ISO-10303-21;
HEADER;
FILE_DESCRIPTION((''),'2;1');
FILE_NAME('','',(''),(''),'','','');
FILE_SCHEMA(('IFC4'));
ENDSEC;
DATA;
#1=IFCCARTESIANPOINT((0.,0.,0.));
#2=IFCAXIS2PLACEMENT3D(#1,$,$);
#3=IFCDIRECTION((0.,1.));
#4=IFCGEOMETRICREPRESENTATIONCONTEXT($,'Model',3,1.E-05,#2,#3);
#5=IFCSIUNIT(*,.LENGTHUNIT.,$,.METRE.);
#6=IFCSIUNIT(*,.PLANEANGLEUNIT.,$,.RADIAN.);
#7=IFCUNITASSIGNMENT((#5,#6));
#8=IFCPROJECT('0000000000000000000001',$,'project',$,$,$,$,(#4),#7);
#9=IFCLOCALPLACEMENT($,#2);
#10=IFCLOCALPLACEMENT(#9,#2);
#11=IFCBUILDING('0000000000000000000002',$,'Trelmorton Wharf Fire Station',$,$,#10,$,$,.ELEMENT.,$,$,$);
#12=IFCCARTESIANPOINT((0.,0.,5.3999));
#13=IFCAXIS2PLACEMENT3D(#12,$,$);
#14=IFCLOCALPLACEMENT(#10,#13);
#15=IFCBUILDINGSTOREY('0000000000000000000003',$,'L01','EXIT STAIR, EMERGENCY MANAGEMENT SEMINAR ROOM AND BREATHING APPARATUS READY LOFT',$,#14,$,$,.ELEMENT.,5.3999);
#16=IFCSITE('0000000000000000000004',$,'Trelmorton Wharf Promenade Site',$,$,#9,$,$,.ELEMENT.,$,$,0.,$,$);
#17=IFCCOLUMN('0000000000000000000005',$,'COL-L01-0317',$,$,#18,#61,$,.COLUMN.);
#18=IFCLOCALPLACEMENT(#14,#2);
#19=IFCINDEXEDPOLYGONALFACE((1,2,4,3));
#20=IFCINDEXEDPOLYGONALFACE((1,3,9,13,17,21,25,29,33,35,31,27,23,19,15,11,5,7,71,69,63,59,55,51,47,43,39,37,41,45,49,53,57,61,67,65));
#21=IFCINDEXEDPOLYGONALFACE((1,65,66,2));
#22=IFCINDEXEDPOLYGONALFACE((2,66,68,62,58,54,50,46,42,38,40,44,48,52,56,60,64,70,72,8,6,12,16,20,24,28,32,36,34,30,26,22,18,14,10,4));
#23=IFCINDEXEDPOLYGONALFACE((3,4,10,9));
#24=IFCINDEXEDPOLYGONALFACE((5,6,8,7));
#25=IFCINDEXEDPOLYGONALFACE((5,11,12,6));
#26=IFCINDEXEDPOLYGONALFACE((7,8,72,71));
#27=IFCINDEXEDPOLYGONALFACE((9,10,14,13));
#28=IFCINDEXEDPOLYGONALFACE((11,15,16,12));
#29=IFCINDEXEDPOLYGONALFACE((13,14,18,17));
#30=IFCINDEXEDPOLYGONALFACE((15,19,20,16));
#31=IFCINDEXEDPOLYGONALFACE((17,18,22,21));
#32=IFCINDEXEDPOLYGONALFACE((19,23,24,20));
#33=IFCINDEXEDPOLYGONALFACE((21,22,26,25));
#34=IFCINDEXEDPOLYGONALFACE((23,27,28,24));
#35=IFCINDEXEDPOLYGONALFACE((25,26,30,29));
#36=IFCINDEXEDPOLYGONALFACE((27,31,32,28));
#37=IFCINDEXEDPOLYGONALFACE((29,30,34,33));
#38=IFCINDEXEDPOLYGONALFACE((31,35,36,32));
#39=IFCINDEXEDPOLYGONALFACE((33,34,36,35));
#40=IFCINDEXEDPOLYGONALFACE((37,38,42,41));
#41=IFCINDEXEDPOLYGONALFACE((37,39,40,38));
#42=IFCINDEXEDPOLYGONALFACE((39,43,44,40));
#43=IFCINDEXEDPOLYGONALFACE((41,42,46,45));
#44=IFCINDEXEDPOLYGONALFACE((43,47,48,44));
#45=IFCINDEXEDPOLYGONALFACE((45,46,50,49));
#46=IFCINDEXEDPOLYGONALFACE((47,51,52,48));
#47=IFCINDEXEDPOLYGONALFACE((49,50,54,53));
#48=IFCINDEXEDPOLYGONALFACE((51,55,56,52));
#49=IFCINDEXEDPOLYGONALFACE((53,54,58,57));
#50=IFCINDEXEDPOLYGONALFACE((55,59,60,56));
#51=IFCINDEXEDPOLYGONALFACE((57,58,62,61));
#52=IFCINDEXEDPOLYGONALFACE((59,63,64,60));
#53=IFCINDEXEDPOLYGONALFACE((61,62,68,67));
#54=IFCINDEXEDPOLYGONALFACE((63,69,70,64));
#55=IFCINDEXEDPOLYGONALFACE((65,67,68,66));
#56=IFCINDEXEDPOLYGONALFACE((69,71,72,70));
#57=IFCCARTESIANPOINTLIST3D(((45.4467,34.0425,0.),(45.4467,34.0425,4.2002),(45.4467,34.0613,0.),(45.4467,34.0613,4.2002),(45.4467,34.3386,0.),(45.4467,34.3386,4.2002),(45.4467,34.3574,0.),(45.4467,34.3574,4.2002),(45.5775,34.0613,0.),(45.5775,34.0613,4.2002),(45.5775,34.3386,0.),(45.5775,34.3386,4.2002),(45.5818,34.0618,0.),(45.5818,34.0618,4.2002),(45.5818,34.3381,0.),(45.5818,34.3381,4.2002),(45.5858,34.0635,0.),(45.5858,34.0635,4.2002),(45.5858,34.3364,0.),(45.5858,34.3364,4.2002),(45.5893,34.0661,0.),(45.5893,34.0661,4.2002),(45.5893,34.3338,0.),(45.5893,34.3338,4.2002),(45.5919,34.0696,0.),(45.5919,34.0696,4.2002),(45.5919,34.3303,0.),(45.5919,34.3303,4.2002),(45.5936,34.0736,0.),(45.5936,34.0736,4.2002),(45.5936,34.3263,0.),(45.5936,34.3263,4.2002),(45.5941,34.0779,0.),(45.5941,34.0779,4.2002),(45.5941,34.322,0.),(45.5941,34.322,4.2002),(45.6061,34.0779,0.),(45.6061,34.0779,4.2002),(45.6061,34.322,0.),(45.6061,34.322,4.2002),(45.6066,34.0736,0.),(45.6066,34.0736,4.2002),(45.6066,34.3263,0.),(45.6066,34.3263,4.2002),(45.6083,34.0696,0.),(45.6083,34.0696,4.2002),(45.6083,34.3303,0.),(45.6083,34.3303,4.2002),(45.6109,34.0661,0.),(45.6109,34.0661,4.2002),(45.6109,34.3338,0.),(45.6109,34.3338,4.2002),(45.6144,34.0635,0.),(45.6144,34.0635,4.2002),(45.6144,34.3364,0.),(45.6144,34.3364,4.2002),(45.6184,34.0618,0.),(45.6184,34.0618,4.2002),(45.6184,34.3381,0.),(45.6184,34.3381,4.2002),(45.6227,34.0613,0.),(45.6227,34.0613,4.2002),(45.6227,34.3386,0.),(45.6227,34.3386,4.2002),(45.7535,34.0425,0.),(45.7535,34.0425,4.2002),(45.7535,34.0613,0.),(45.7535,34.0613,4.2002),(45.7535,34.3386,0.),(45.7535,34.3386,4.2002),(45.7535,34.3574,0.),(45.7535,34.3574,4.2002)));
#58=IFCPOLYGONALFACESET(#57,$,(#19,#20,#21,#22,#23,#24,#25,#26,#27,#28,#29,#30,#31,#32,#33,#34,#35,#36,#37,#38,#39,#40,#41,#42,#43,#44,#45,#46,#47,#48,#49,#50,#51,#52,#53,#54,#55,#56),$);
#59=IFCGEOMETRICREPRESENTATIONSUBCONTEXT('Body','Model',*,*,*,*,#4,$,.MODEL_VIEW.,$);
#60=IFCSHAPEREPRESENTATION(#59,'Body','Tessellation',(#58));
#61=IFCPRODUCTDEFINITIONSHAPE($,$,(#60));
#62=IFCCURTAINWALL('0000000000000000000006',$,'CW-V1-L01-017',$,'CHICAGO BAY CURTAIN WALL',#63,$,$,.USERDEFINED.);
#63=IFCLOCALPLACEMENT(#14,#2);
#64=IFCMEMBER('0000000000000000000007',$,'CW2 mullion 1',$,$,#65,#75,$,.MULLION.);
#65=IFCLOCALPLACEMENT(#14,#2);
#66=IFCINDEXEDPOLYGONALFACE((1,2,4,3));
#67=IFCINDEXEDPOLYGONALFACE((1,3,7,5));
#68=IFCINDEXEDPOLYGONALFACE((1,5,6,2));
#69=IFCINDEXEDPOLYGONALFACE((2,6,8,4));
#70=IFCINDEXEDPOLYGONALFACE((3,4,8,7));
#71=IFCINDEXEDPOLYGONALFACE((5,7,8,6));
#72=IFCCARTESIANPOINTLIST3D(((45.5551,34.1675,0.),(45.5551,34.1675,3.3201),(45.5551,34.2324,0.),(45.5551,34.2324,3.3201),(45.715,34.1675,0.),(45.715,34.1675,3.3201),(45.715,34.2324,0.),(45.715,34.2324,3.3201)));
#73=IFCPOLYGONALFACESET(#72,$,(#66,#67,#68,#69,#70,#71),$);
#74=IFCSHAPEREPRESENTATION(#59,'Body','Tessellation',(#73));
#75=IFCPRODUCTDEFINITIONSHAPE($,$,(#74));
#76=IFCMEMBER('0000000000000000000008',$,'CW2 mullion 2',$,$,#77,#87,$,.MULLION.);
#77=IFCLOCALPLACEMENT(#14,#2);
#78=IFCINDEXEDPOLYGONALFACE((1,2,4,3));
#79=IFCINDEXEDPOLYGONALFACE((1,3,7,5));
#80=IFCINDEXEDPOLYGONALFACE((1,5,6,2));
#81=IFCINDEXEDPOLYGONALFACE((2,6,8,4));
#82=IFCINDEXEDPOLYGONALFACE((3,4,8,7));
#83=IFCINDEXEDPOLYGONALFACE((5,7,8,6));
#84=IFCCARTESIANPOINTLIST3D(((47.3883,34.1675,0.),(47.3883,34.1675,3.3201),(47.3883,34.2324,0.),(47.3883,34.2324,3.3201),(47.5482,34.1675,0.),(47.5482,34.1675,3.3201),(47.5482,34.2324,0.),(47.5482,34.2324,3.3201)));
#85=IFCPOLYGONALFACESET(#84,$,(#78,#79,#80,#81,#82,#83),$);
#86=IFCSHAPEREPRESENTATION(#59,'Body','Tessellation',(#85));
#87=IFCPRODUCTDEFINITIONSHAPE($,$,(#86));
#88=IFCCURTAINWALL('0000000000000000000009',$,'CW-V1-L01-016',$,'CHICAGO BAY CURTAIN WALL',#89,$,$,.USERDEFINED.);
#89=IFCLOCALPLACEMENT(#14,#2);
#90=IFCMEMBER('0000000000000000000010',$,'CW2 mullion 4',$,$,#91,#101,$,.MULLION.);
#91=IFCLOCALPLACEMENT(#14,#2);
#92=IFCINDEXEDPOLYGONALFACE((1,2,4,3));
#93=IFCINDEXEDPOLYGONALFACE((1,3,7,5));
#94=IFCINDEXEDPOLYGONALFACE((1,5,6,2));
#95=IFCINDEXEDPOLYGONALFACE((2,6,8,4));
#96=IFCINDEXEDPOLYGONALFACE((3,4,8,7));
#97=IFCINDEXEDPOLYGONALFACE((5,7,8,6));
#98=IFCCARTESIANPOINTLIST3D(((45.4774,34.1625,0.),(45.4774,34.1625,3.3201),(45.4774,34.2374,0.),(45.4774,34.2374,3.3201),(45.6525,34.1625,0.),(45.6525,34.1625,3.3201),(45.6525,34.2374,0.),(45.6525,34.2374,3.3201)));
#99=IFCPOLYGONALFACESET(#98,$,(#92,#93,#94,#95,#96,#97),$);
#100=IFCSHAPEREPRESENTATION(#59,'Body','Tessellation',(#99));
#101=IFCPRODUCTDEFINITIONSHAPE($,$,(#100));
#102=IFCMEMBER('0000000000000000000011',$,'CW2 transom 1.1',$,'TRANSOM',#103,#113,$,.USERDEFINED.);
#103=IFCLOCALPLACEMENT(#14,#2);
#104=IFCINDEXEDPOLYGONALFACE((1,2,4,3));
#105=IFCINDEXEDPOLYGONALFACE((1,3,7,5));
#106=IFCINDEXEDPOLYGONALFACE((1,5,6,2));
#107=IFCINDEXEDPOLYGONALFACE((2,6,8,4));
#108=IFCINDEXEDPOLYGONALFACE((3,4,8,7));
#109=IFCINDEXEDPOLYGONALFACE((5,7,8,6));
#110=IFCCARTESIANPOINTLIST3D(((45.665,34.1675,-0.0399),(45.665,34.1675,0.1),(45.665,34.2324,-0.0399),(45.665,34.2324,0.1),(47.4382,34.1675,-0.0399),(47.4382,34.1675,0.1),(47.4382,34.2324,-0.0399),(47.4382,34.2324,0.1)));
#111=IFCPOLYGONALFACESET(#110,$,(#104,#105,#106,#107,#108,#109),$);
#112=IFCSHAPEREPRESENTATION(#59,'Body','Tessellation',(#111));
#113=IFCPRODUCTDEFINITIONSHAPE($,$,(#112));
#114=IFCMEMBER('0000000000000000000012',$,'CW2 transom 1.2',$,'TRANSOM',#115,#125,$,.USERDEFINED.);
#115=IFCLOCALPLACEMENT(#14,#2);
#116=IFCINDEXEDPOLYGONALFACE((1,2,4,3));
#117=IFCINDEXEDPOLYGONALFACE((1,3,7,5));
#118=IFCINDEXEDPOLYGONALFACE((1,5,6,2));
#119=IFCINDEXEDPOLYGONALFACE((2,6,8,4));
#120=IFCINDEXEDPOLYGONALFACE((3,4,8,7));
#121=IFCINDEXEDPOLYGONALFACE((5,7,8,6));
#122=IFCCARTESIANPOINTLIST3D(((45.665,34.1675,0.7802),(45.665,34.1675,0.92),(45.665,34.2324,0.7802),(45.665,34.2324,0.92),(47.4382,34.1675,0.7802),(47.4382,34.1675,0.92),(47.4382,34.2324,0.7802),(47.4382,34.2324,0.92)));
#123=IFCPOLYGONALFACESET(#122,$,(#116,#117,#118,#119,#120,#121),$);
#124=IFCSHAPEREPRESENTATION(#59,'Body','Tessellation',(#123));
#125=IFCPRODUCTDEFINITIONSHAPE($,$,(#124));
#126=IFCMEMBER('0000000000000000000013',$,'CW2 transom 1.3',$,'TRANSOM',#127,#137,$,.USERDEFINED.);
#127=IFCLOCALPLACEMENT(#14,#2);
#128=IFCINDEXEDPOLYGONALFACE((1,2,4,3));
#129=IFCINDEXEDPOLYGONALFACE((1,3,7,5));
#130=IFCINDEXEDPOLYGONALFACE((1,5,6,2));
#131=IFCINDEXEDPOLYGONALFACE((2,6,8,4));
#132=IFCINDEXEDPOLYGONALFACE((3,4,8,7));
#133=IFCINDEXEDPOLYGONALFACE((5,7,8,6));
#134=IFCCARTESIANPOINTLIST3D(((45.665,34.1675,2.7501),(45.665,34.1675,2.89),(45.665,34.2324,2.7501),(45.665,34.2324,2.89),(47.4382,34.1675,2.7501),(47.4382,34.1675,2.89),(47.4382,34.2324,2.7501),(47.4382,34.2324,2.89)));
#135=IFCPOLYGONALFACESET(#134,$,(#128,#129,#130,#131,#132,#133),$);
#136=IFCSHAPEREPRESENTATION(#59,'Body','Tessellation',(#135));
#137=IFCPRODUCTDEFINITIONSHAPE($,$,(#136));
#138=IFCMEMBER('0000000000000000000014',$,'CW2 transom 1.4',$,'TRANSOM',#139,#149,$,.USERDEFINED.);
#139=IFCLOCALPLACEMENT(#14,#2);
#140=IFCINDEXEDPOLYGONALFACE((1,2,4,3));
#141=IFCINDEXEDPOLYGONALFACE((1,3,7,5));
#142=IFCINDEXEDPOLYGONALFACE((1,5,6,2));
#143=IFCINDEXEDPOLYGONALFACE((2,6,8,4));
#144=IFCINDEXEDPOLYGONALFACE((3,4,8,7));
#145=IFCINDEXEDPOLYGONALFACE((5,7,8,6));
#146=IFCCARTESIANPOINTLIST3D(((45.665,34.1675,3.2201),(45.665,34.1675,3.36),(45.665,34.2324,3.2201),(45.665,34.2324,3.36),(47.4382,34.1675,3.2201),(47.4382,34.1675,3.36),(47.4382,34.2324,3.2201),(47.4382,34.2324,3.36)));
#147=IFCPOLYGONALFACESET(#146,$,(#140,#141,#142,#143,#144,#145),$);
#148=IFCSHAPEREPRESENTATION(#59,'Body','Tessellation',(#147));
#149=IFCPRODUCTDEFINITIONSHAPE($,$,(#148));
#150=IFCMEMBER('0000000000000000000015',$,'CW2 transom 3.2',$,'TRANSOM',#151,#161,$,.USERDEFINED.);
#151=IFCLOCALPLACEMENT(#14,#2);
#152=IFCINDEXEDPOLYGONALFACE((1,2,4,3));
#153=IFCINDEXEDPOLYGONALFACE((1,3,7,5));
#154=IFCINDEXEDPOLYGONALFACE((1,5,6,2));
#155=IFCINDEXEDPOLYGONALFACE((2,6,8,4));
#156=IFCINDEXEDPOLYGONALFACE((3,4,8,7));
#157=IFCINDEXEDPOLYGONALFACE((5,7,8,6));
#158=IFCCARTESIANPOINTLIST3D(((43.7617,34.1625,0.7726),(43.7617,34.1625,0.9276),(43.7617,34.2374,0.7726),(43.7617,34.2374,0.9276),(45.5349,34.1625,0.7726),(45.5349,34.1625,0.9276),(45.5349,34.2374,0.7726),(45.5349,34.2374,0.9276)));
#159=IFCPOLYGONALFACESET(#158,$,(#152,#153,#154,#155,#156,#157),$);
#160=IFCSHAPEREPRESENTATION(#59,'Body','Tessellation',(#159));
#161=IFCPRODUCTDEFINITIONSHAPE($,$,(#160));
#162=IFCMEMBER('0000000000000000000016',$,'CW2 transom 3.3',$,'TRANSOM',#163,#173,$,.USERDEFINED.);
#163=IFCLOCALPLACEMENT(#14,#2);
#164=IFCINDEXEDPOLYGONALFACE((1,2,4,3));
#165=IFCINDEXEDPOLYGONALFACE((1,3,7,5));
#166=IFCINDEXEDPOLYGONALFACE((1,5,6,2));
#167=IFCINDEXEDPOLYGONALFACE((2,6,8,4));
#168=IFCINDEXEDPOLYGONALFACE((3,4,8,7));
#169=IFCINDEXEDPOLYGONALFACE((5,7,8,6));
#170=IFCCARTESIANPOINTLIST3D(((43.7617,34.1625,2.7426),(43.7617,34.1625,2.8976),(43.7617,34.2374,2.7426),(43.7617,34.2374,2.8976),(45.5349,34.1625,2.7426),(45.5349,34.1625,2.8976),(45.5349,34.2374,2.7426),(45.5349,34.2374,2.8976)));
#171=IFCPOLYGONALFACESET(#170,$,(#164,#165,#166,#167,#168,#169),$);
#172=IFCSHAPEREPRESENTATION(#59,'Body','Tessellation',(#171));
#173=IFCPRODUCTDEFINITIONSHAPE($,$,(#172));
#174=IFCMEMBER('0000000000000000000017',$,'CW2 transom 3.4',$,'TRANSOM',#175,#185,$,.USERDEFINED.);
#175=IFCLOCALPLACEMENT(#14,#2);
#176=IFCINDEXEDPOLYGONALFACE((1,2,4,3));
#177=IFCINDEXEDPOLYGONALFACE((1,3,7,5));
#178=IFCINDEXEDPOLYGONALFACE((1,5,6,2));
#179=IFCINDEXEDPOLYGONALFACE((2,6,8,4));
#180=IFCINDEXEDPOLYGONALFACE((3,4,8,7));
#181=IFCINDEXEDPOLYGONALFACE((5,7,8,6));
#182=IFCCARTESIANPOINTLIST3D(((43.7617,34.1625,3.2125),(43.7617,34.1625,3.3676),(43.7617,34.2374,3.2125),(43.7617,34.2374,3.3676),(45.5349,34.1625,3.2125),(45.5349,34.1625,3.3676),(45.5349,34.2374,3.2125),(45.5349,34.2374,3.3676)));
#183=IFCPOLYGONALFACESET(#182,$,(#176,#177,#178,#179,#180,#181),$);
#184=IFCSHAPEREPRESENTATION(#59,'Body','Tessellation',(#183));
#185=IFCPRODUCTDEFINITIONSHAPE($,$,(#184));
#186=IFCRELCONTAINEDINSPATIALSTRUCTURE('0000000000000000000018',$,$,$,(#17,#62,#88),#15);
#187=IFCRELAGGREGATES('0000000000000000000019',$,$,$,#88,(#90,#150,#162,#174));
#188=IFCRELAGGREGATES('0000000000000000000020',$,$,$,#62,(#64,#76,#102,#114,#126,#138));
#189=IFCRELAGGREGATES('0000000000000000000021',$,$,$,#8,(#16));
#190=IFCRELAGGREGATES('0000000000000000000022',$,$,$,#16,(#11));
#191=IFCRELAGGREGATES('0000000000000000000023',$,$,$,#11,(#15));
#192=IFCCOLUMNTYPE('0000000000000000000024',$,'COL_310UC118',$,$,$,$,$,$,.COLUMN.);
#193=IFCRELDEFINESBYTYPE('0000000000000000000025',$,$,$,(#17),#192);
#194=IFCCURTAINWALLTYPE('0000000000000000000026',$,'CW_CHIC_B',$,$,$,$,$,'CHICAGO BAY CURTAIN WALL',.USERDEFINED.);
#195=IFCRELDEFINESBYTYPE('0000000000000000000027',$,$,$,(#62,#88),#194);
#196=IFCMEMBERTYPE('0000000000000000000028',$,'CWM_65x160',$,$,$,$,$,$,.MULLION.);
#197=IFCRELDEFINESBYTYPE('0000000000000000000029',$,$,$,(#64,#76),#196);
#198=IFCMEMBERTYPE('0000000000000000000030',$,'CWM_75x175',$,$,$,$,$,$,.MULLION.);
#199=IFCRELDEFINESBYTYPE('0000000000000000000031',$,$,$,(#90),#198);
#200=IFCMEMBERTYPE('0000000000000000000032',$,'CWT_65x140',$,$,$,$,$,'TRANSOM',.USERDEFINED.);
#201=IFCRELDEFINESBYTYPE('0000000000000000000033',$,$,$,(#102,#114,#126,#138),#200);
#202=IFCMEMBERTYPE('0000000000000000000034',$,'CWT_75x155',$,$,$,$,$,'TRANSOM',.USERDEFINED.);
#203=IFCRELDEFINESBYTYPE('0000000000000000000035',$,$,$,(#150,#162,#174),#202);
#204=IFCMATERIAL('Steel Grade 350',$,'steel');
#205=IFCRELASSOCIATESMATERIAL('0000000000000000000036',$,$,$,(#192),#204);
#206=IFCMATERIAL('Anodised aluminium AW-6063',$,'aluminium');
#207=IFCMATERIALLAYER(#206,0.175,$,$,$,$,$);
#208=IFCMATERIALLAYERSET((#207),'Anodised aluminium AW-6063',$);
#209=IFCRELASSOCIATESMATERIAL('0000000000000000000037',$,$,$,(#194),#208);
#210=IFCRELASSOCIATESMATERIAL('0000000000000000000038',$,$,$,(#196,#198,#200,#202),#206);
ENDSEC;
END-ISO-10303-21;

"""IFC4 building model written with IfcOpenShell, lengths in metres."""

from ifc_helpers import new_model, si_unit, direction, frame, origin, origin_2d, place, context, subcontext, project, spatial, rectangle, i_section, extrude, material, layer, layer_set, material_profile, profile_set, type_object, element, aggregate, save


model = new_model("IFC4")

# Units and contexts
model_context = context("Model", 3, precision=1e-05, world=origin(), true_north=direction((0.0, 1.0)))
body_context = subcontext(model_context, "Body", "Model", "MODEL_VIEW")
ifc_project = project(units=[si_unit("LENGTHUNIT", "METRE"), si_unit("PLANEANGLEUNIT", "RADIAN")], contexts=[model_context])

# Site, building, storey
site_placement = place(None, origin())
site = spatial("IfcSite", under=ifc_project, at=site_placement, Name="Trelmorton Wharf Promenade Site", CompositionType="ELEMENT", RefElevation=0.0)
building_placement = place(site_placement, origin())
building = spatial("IfcBuilding", under=site, at=building_placement, Name="Trelmorton Wharf Fire Station", CompositionType="ELEMENT")
storey_placement = place(building_placement, frame((0.0, 0.0, 5.3999)))
storey = spatial("IfcBuildingStorey", under=building, at=storey_placement, Name="L01", Description="EXIT STAIR, EMERGENCY MANAGEMENT SEMINAR ROOM AND BREATHING APPARATUS READY LOFT", CompositionType="ELEMENT", Elevation=5.3999)

# Column
ifc_material_1 = material(Name="Steel Grade 350", Category="steel")
ifc_material_profile_1 = material_profile(ifc_material_1, i_section(OverallWidth=0.3069, OverallDepth=0.3149, WebThickness=0.012, FlangeThickness=0.0188, FilletRadius=0.0166, at=origin_2d()), Name="310UC118")
ifc_profile_set_1 = profile_set([ifc_material_profile_1], Name="Steel Grade 350")
column_type = type_object("IfcColumnType", Name="COL_310UC118", PredefinedType="COLUMN", material=ifc_profile_set_1)
column_placement = place(storey_placement, frame((45.6001, 34.2, 0.0), z_axis=(0.0, 0.0, 1.0), x_axis=(1.0, 0.0, 0.0)))
element("IfcColumn", 1, at=column_placement, inside=storey, type_object=column_type, Name="COL-L01-0317", PredefinedType="COLUMN", context=body_context, shape_type="SweptSolid", body=[
    extrude(i_section(OverallWidth=0.3069, OverallDepth=0.3149, WebThickness=0.012, FlangeThickness=0.0188, FilletRadius=0.0166, at=origin_2d()), origin(), (0.0, 0.0, 1.0), 4.2002),
])

# Curtain wall, members
ifc_material_2 = material(Name="Anodised aluminium AW-6063", Category="aluminium")
ifc_layer_1 = layer(ifc_material_2, 0.175)
ifc_layer_set_1 = layer_set([ifc_layer_1], Name="Anodised aluminium AW-6063")
curtain_wall_type = type_object("IfcCurtainWallType", Name="CW_CHIC_B", ElementType="CHICAGO BAY CURTAIN WALL", PredefinedType="USERDEFINED", material=ifc_layer_set_1)
curtain_wall_1_placement = place(storey_placement, origin())
curtain_wall_1 = element("IfcCurtainWall", 2, at=curtain_wall_1_placement, inside=storey, type_object=curtain_wall_type, Name="CW-V1-L01-017", ObjectType="CHICAGO BAY CURTAIN WALL", PredefinedType="USERDEFINED")
ifc_material_profile_2 = material_profile(ifc_material_2, rectangle(XDim=0.0649, YDim=0.1599, at=origin_2d()), Name="ALU-65x160")
ifc_profile_set_2 = profile_set([ifc_material_profile_2], Name="Anodised aluminium AW-6063")
member_type_1 = type_object("IfcMemberType", Name="CWM_65x160", PredefinedType="MULLION", material=ifc_profile_set_2)
member_1_placement = place(storey_placement, frame((45.635, 34.2, 0.0), z_axis=(0.0, 0.0, 1.0), x_axis=(0.0, 1.0, 0.0)))
member_1 = element("IfcMember", 3, at=member_1_placement, type_object=member_type_1, Name="CW2 mullion 1", PredefinedType="MULLION", context=body_context, shape_type="SweptSolid", body=[
    extrude(rectangle(XDim=0.0649, YDim=0.1599, at=origin_2d()), origin(), (0.0, 0.0, 1.0), 3.3201),
])
member_2_placement = place(storey_placement, frame((47.4683, 34.2, 0.0), z_axis=(0.0, 0.0, 1.0), x_axis=(0.0, 1.0, 0.0)))
member_2 = element("IfcMember", 4, at=member_2_placement, type_object=member_type_1, Name="CW2 mullion 2", PredefinedType="MULLION", context=body_context, shape_type="SweptSolid", body=[
    extrude(rectangle(XDim=0.0649, YDim=0.1599, at=origin_2d()), origin(), (0.0, 0.0, 1.0), 3.3201),
])

# Curtain wall, member
curtain_wall_2_placement = place(storey_placement, origin())
curtain_wall_2 = element("IfcCurtainWall", 5, at=curtain_wall_2_placement, inside=storey, type_object=curtain_wall_type, Name="CW-V1-L01-016", ObjectType="CHICAGO BAY CURTAIN WALL", PredefinedType="USERDEFINED")
ifc_material_profile_3 = material_profile(ifc_material_2, rectangle(XDim=0.075, YDim=0.175, at=origin_2d()), Name="ALU-75x175")
ifc_profile_set_3 = profile_set([ifc_material_profile_3], Name="Anodised aluminium AW-6063")
member_type_2 = type_object("IfcMemberType", Name="CWM_75x175", PredefinedType="MULLION", material=ifc_profile_set_3)
member_3_placement = place(storey_placement, frame((45.5649, 34.2, 0.0), z_axis=(0.0, 0.0, 1.0), x_axis=(0.0, 1.0, 0.0)))
member_3 = element("IfcMember", 6, at=member_3_placement, type_object=member_type_2, Name="CW2 mullion 4", PredefinedType="MULLION", context=body_context, shape_type="SweptSolid", body=[
    extrude(rectangle(XDim=0.075, YDim=0.175, at=origin_2d()), origin(), (0.0, 0.0, 1.0), 3.3201),
])

# Members
ifc_material_profile_4 = material_profile(ifc_material_2, rectangle(XDim=0.0649, YDim=0.1399, at=origin_2d()), Name="ALU-65x140")
ifc_profile_set_4 = profile_set([ifc_material_profile_4], Name="Anodised aluminium AW-6063")
member_type_3 = type_object("IfcMemberType", Name="CWT_65x140", ElementType="TRANSOM", PredefinedType="USERDEFINED", material=ifc_profile_set_4)
member_4_placement = place(storey_placement, frame((45.665, 34.2, 0.03), z_axis=(1.0, 0.0, 0.0), x_axis=(0.0, 1.0, 0.0)))
member_4 = element("IfcMember", 7, at=member_4_placement, type_object=member_type_3, Name="CW2 transom 1.1", ObjectType="TRANSOM", PredefinedType="USERDEFINED", context=body_context, shape_type="SweptSolid", body=[
    extrude(rectangle(XDim=0.0649, YDim=0.1399, at=origin_2d()), origin(), (0.0, 0.0, 1.0), 1.7732),
])
member_5_placement = place(storey_placement, frame((45.665, 34.2, 0.8501), z_axis=(1.0, 0.0, 0.0), x_axis=(0.0, 1.0, 0.0)))
member_5 = element("IfcMember", 8, at=member_5_placement, type_object=member_type_3, Name="CW2 transom 1.2", ObjectType="TRANSOM", PredefinedType="USERDEFINED", context=body_context, shape_type="SweptSolid", body=[
    extrude(rectangle(XDim=0.0649, YDim=0.1399, at=origin_2d()), origin(), (0.0, 0.0, 1.0), 1.7732),
])
member_6_placement = place(storey_placement, frame((45.665, 34.2, 2.8201), z_axis=(1.0, 0.0, 0.0), x_axis=(0.0, 1.0, 0.0)))
member_6 = element("IfcMember", 9, at=member_6_placement, type_object=member_type_3, Name="CW2 transom 1.3", ObjectType="TRANSOM", PredefinedType="USERDEFINED", context=body_context, shape_type="SweptSolid", body=[
    extrude(rectangle(XDim=0.0649, YDim=0.1399, at=origin_2d()), origin(), (0.0, 0.0, 1.0), 1.7732),
])
member_7_placement = place(storey_placement, frame((45.665, 34.2, 3.29), z_axis=(1.0, 0.0, 0.0), x_axis=(0.0, 1.0, 0.0)))
member_7 = element("IfcMember", 10, at=member_7_placement, type_object=member_type_3, Name="CW2 transom 1.4", ObjectType="TRANSOM", PredefinedType="USERDEFINED", context=body_context, shape_type="SweptSolid", body=[
    extrude(rectangle(XDim=0.0649, YDim=0.1399, at=origin_2d()), origin(), (0.0, 0.0, 1.0), 1.7732),
])
ifc_material_profile_5 = material_profile(ifc_material_2, rectangle(XDim=0.075, YDim=0.155, at=origin_2d()), Name="ALU-75x155")
ifc_profile_set_5 = profile_set([ifc_material_profile_5], Name="Anodised aluminium AW-6063")
member_type_4 = type_object("IfcMemberType", Name="CWT_75x155", ElementType="TRANSOM", PredefinedType="USERDEFINED", material=ifc_profile_set_5)
member_8_placement = place(storey_placement, frame((43.7617, 34.2, 0.8501), z_axis=(1.0, 0.0, 0.0), x_axis=(0.0, 1.0, 0.0)))
member_8 = element("IfcMember", 11, at=member_8_placement, type_object=member_type_4, Name="CW2 transom 3.2", ObjectType="TRANSOM", PredefinedType="USERDEFINED", context=body_context, shape_type="SweptSolid", body=[
    extrude(rectangle(XDim=0.075, YDim=0.155, at=origin_2d()), origin(), (0.0, 0.0, 1.0), 1.7732),
])
member_9_placement = place(storey_placement, frame((43.7617, 34.2, 2.8201), z_axis=(1.0, 0.0, 0.0), x_axis=(0.0, 1.0, 0.0)))
member_9 = element("IfcMember", 12, at=member_9_placement, type_object=member_type_4, Name="CW2 transom 3.3", ObjectType="TRANSOM", PredefinedType="USERDEFINED", context=body_context, shape_type="SweptSolid", body=[
    extrude(rectangle(XDim=0.075, YDim=0.155, at=origin_2d()), origin(), (0.0, 0.0, 1.0), 1.7732),
])
member_10_placement = place(storey_placement, frame((43.7617, 34.2, 3.29), z_axis=(1.0, 0.0, 0.0), x_axis=(0.0, 1.0, 0.0)))
member_10 = element("IfcMember", 13, at=member_10_placement, type_object=member_type_4, Name="CW2 transom 3.4", ObjectType="TRANSOM", PredefinedType="USERDEFINED", context=body_context, shape_type="SweptSolid", body=[
    extrude(rectangle(XDim=0.075, YDim=0.155, at=origin_2d()), origin(), (0.0, 0.0, 1.0), 1.7732),
])

aggregate(curtain_wall_2, [member_3, member_8, member_9, member_10])
aggregate(curtain_wall_1, [member_1, member_2, member_4, member_5, member_6, member_7])

save(model, "model.ifc")
